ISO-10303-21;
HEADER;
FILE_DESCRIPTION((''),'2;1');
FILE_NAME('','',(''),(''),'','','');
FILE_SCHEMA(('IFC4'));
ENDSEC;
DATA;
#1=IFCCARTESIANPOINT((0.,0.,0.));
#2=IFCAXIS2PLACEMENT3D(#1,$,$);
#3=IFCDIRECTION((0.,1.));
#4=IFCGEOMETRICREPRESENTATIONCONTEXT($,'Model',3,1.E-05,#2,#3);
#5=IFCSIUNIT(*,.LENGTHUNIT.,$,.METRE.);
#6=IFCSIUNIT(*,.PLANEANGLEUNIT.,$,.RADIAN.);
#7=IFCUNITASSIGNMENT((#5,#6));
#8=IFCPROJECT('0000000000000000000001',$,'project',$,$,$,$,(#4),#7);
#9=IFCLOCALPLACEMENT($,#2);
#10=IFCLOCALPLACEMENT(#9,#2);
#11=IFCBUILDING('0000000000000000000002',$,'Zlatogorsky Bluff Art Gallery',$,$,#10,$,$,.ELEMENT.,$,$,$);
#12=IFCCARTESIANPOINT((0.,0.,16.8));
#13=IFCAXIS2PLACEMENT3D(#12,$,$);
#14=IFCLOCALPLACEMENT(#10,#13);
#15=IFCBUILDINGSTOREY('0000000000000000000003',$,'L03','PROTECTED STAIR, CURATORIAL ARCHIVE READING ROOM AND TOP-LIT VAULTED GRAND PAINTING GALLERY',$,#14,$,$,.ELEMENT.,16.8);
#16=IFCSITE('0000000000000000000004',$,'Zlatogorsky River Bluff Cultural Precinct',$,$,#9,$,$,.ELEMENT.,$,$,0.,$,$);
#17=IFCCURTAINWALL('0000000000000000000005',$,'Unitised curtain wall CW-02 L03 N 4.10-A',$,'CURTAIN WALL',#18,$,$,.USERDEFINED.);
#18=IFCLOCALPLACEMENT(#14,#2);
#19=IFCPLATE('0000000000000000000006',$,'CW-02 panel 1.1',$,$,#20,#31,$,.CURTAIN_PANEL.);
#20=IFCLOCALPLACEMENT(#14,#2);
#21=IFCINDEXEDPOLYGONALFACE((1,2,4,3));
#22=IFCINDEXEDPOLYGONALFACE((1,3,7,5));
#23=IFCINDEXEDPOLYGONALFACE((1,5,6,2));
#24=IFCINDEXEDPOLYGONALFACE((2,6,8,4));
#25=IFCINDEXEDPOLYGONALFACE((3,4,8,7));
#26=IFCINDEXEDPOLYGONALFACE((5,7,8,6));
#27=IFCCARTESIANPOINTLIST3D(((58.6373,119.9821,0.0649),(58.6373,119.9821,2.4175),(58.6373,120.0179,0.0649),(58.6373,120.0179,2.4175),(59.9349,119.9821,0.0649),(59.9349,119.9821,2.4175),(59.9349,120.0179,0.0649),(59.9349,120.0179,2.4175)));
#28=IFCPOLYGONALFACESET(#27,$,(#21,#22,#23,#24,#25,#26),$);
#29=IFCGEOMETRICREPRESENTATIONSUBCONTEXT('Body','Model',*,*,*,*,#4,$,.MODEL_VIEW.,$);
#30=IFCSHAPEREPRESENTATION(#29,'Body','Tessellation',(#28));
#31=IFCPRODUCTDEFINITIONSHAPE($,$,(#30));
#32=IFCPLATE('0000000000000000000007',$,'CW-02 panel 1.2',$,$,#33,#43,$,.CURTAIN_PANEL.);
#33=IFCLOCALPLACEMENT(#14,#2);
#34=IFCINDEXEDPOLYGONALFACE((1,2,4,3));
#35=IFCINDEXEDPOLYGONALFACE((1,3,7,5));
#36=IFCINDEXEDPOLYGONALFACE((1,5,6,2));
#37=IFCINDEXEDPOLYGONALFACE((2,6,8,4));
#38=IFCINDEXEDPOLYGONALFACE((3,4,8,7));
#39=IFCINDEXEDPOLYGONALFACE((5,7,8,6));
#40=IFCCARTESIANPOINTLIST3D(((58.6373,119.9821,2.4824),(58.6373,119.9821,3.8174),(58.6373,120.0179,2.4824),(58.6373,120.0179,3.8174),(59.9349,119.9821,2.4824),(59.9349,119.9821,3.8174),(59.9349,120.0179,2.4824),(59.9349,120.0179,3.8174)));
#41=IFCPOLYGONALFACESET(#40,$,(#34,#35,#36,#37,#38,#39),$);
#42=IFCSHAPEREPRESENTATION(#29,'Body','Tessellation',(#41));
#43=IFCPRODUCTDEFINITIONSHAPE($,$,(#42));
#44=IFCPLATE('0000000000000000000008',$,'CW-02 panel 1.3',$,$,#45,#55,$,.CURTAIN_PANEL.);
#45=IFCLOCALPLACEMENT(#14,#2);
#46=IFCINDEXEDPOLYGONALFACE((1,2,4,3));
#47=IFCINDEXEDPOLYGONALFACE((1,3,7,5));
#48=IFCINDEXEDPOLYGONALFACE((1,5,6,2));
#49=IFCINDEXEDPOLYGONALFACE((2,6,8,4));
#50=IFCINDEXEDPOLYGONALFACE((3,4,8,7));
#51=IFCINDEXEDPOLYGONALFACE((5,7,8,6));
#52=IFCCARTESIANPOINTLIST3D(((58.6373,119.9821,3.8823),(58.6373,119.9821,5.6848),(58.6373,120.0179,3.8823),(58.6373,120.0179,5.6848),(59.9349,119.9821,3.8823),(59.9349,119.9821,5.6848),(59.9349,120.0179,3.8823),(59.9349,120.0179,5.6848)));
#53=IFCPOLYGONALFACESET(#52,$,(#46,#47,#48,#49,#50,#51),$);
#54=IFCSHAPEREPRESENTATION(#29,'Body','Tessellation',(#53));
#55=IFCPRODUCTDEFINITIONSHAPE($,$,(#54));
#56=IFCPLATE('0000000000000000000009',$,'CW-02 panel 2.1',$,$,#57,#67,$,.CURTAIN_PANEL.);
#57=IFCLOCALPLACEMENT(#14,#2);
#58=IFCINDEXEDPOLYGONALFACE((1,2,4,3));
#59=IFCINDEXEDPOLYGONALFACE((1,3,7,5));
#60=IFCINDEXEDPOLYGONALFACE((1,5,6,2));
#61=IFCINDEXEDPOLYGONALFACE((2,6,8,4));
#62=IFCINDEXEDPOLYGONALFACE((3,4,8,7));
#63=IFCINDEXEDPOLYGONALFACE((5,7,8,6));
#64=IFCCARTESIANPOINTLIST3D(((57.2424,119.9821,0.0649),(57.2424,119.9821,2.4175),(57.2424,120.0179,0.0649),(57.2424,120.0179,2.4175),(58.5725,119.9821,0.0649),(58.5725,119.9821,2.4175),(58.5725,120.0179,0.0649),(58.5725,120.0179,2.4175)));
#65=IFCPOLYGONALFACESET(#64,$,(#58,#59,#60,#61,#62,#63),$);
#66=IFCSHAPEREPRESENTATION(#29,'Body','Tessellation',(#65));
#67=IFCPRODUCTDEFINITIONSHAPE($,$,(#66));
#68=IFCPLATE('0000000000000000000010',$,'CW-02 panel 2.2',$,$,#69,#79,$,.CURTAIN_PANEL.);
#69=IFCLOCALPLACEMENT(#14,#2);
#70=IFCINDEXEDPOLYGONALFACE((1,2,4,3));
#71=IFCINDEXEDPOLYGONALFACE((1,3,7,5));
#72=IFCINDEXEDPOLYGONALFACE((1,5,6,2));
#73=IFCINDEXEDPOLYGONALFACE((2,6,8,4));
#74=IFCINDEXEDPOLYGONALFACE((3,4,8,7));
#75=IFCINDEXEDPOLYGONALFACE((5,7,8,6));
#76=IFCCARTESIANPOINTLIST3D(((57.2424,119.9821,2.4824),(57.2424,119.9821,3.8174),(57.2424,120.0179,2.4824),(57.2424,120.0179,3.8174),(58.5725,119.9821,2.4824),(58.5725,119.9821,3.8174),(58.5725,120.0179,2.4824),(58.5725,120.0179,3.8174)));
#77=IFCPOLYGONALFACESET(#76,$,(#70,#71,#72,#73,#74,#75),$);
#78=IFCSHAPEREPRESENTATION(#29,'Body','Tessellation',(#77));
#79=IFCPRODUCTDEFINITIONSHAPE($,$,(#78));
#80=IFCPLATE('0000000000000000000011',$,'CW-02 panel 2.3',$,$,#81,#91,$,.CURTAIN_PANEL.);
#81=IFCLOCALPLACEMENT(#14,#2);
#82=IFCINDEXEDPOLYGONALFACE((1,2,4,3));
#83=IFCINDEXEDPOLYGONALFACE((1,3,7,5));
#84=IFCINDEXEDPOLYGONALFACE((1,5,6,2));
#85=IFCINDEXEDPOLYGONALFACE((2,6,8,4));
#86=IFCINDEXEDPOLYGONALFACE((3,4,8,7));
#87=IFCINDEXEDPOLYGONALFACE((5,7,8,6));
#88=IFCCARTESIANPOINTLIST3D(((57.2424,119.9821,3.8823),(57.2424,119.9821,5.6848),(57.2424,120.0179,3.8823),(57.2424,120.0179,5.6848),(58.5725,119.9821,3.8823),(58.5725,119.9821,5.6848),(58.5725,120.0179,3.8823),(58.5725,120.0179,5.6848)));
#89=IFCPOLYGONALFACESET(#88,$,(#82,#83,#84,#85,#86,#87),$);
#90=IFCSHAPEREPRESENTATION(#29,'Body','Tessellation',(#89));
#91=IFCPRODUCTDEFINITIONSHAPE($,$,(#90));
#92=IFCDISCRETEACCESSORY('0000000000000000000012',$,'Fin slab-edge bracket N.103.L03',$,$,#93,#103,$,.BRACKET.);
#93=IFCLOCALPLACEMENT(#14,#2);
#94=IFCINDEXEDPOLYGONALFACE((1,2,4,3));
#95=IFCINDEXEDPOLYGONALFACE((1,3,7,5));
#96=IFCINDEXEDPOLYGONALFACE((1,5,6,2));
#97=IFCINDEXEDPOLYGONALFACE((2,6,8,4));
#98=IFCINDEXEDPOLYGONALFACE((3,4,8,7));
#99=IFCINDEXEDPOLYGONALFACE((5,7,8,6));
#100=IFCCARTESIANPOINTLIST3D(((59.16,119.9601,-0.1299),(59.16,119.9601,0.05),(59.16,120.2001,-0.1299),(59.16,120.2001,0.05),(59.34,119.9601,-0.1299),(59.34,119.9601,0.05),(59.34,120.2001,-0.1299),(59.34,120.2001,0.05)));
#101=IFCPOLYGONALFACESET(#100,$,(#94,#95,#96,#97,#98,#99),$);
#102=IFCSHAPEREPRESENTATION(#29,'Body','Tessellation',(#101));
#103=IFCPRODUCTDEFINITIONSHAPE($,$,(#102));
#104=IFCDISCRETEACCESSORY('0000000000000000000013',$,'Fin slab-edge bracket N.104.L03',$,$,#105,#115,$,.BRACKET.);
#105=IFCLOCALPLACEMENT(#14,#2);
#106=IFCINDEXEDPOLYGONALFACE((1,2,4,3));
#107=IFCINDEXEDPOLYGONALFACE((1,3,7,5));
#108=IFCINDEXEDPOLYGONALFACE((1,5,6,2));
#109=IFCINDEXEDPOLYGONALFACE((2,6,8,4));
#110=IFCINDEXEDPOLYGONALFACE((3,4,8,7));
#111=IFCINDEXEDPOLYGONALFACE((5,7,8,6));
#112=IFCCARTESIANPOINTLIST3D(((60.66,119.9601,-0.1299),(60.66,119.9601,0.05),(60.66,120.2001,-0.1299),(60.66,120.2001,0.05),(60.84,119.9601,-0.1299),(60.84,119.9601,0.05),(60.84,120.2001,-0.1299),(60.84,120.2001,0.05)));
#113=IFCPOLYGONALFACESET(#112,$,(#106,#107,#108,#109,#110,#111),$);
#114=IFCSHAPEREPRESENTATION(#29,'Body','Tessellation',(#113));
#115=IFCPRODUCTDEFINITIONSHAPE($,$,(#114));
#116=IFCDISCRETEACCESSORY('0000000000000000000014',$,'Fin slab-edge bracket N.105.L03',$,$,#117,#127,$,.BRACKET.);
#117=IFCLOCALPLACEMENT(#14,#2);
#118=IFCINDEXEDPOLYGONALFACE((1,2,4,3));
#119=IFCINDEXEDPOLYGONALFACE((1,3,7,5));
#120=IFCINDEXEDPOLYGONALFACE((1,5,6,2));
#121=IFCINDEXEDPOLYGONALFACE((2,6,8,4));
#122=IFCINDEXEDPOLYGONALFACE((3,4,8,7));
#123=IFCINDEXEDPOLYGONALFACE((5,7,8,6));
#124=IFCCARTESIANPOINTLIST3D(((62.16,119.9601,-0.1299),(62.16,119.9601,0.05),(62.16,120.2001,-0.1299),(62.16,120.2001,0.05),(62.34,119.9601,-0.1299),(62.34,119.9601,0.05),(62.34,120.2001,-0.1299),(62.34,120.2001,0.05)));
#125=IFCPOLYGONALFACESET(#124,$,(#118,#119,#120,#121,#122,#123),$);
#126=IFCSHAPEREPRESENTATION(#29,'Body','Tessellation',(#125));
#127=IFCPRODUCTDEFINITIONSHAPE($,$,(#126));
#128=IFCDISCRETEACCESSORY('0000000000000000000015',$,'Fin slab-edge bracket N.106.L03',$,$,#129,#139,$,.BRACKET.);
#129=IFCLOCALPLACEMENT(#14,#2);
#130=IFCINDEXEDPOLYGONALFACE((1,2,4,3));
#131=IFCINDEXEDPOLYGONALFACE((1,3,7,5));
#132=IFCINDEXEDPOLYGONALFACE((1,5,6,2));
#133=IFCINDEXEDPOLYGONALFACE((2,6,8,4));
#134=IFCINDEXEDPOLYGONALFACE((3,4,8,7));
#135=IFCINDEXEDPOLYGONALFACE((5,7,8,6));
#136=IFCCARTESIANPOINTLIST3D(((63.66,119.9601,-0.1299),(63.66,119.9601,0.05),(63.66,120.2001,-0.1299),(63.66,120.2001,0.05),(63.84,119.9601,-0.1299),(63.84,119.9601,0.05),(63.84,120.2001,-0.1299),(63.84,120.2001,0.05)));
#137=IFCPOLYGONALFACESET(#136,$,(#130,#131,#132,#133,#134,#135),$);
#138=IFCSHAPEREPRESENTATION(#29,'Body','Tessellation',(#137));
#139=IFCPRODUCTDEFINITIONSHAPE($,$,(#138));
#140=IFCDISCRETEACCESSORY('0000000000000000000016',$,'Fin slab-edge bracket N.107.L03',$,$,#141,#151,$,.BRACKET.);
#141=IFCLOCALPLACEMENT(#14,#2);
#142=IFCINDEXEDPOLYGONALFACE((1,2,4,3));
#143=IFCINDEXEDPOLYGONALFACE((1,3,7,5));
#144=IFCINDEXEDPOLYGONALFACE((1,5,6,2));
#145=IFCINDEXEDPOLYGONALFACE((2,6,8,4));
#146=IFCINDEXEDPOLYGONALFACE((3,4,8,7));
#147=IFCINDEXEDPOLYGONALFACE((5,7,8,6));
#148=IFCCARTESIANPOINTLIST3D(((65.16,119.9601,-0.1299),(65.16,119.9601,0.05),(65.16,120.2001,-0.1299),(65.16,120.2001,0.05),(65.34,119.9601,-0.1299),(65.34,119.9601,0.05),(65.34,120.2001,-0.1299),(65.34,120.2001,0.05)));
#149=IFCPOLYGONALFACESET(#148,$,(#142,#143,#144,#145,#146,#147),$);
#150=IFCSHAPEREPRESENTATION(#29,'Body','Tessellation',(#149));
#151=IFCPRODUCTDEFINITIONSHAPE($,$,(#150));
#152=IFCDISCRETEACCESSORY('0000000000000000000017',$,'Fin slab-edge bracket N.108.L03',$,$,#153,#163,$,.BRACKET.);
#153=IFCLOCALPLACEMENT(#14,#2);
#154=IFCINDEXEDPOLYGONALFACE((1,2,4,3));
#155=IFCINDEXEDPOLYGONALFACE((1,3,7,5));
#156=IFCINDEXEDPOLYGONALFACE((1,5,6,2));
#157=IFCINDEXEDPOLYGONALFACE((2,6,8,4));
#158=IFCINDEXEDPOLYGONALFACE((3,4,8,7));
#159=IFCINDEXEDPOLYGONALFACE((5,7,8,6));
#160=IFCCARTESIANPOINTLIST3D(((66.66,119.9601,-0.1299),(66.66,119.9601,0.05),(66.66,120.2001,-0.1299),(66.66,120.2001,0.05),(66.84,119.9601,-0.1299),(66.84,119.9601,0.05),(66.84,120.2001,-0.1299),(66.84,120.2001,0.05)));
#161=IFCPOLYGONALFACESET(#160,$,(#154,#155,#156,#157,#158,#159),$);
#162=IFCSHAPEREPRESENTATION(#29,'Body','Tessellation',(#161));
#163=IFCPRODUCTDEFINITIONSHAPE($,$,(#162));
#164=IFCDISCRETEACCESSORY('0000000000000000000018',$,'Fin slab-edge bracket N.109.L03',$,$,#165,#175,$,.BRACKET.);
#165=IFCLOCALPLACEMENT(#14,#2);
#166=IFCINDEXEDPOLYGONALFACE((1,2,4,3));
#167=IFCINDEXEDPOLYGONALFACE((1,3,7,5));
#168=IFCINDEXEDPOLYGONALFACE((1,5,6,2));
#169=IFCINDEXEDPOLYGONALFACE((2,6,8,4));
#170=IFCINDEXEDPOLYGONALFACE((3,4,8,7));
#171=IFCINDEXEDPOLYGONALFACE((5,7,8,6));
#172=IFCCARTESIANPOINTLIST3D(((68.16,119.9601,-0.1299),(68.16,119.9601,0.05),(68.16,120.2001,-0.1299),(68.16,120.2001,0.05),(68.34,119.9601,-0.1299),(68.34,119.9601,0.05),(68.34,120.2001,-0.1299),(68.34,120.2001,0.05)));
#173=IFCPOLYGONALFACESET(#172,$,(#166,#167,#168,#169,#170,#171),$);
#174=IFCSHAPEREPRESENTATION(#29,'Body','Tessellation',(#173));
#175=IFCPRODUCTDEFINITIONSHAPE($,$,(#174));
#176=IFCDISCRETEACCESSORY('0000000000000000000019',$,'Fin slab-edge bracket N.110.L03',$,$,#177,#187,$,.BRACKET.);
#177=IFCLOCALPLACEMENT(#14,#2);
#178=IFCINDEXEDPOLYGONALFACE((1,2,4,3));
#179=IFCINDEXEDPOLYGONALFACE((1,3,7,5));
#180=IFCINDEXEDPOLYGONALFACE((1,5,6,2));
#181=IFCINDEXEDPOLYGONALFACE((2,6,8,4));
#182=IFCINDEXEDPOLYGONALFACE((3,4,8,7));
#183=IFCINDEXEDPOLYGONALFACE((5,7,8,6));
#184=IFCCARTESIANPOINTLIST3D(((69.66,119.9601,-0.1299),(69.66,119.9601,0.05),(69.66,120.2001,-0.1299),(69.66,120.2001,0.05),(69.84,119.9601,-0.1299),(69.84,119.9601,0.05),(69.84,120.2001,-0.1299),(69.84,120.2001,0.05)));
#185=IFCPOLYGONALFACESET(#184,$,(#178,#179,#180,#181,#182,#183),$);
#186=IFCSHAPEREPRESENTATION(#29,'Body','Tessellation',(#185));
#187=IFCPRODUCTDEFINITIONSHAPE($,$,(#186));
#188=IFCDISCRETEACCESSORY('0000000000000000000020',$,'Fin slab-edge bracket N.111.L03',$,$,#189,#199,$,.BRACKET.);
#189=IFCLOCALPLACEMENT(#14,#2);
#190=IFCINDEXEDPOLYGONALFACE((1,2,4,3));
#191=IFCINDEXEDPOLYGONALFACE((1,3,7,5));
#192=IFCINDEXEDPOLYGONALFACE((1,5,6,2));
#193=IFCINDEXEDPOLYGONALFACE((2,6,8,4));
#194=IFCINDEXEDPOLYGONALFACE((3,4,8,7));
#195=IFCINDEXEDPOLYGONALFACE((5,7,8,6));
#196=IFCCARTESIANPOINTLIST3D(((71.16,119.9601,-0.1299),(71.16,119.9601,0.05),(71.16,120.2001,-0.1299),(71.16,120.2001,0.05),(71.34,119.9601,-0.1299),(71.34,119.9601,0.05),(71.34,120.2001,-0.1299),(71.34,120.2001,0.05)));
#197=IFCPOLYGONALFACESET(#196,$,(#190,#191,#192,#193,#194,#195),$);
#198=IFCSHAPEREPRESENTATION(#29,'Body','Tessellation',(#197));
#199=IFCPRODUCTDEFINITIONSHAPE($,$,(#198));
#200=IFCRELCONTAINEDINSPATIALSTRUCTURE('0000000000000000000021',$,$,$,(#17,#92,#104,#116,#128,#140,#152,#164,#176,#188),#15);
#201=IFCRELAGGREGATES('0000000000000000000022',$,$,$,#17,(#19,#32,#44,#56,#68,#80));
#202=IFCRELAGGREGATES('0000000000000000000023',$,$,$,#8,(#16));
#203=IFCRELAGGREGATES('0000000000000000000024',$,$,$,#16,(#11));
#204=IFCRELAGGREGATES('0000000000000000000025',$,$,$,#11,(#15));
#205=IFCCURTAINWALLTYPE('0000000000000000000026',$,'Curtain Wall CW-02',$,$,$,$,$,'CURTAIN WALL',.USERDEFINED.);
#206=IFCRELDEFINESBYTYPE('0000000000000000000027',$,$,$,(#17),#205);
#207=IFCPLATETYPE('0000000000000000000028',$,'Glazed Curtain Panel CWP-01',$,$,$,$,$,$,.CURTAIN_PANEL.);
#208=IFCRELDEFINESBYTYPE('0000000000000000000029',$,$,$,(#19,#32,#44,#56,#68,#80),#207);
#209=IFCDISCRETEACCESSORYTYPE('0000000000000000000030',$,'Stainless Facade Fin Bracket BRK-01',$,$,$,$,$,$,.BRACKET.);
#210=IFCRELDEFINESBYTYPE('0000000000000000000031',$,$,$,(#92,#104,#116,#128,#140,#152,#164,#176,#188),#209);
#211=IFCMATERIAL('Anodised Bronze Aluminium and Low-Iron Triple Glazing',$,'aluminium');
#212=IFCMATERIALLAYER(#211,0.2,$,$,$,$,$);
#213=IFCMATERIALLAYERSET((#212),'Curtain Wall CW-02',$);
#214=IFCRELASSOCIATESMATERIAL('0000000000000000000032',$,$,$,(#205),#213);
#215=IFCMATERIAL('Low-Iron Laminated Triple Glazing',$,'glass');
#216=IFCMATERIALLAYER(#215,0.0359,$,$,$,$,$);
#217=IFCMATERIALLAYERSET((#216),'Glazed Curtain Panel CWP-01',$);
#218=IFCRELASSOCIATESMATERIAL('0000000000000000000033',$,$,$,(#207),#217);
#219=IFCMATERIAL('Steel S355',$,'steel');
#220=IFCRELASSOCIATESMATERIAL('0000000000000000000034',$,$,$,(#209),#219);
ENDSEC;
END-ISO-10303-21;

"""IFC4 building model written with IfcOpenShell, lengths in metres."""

from ifc_helpers import new_model, si_unit, direction, frame, origin, origin_2d, place, context, subcontext, project, spatial, rectangle, extrude, material, layer, layer_set, type_object, element, aggregate, save


model = new_model("IFC4")

# Units and contexts
model_context = context("Model", 3, precision=1e-05, world=origin(), true_north=direction((0.0, 1.0)))
body_context = subcontext(model_context, "Body", "Model", "MODEL_VIEW")
ifc_project = project(units=[si_unit("LENGTHUNIT", "METRE"), si_unit("PLANEANGLEUNIT", "RADIAN")], contexts=[model_context])

# Site, building, storey
site_placement = place(None, origin())
site = spatial("IfcSite", under=ifc_project, at=site_placement, Name="Zlatogorsky River Bluff Cultural Precinct", CompositionType="ELEMENT", RefElevation=0.0)
building_placement = place(site_placement, origin())
building = spatial("IfcBuilding", under=site, at=building_placement, Name="Zlatogorsky Bluff Art Gallery", CompositionType="ELEMENT")
storey_placement = place(building_placement, frame((0.0, 0.0, 16.8)))
storey = spatial("IfcBuildingStorey", under=building, at=storey_placement, Name="L03", Description="PROTECTED STAIR, CURATORIAL ARCHIVE READING ROOM AND TOP-LIT VAULTED GRAND PAINTING GALLERY", CompositionType="ELEMENT", Elevation=16.8)

# Shared definitions
ifc_material_1 = material(Name="Steel S355", Category="steel")

# Curtain wall, plates
ifc_material_2 = material(Name="Anodised Bronze Aluminium and Low-Iron Triple Glazing", Category="aluminium")
ifc_layer_1 = layer(ifc_material_2, 0.2)
ifc_layer_set_1 = layer_set([ifc_layer_1], Name="Curtain Wall CW-02")
curtain_wall_type = type_object("IfcCurtainWallType", Name="Curtain Wall CW-02", ElementType="CURTAIN WALL", PredefinedType="USERDEFINED", material=ifc_layer_set_1)
curtain_wall_placement = place(storey_placement, origin())
curtain_wall = element("IfcCurtainWall", 1, at=curtain_wall_placement, inside=storey, type_object=curtain_wall_type, Name="Unitised curtain wall CW-02 L03 N 4.10-A", ObjectType="CURTAIN WALL", PredefinedType="USERDEFINED")
ifc_material_3 = material(Name="Low-Iron Laminated Triple Glazing", Category="glass")
ifc_layer_2 = layer(ifc_material_3, 0.0359)
ifc_layer_set_2 = layer_set([ifc_layer_2], Name="Glazed Curtain Panel CWP-01")
plate_type = type_object("IfcPlateType", Name="Glazed Curtain Panel CWP-01", PredefinedType="CURTAIN_PANEL", material=ifc_layer_set_2)
plate_1_placement = place(storey_placement, frame((59.2861, 120.0, 0.0649), z_axis=(0.0, 0.0, 1.0), x_axis=(-1.0, 0.0, 0.0)))
plate_1 = element("IfcPlate", 2, at=plate_1_placement, type_object=plate_type, Name="CW-02 panel 1.1", PredefinedType="CURTAIN_PANEL", context=body_context, shape_type="SweptSolid", body=[
    extrude(rectangle(XDim=1.2976, YDim=0.0359, at=origin_2d()), origin(), (0.0, 0.0, 1.0), 2.3525),
])
plate_2_placement = place(storey_placement, frame((59.2861, 120.0, 2.4824), z_axis=(0.0, 0.0, 1.0), x_axis=(-1.0, 0.0, 0.0)))
plate_2 = element("IfcPlate", 3, at=plate_2_placement, type_object=plate_type, Name="CW-02 panel 1.2", PredefinedType="CURTAIN_PANEL", context=body_context, shape_type="SweptSolid", body=[
    extrude(rectangle(XDim=1.2976, YDim=0.0359, at=origin_2d()), origin(), (0.0, 0.0, 1.0), 1.335),
])
plate_3_placement = place(storey_placement, frame((59.2861, 120.0, 3.8823), z_axis=(0.0, 0.0, 1.0), x_axis=(-1.0, 0.0, 0.0)))
plate_3 = element("IfcPlate", 4, at=plate_3_placement, type_object=plate_type, Name="CW-02 panel 1.3", PredefinedType="CURTAIN_PANEL", context=body_context, shape_type="SweptSolid", body=[
    extrude(rectangle(XDim=1.2976, YDim=0.0359, at=origin_2d()), origin(), (0.0, 0.0, 1.0), 1.8025),
])
plate_4_placement = place(storey_placement, frame((57.9075, 120.0, 0.0649), z_axis=(0.0, 0.0, 1.0), x_axis=(-1.0, 0.0, 0.0)))
plate_4 = element("IfcPlate", 5, at=plate_4_placement, type_object=plate_type, Name="CW-02 panel 2.1", PredefinedType="CURTAIN_PANEL", context=body_context, shape_type="SweptSolid", body=[
    extrude(rectangle(XDim=1.3301, YDim=0.0359, at=origin_2d()), origin(), (0.0, 0.0, 1.0), 2.3525),
])
plate_5_placement = place(storey_placement, frame((57.9075, 120.0, 2.4824), z_axis=(0.0, 0.0, 1.0), x_axis=(-1.0, 0.0, 0.0)))
plate_5 = element("IfcPlate", 6, at=plate_5_placement, type_object=plate_type, Name="CW-02 panel 2.2", PredefinedType="CURTAIN_PANEL", context=body_context, shape_type="SweptSolid", body=[
    extrude(rectangle(XDim=1.3301, YDim=0.0359, at=origin_2d()), origin(), (0.0, 0.0, 1.0), 1.335),
])
plate_6_placement = place(storey_placement, frame((57.9075, 120.0, 3.8823), z_axis=(0.0, 0.0, 1.0), x_axis=(-1.0, 0.0, 0.0)))
plate_6 = element("IfcPlate", 7, at=plate_6_placement, type_object=plate_type, Name="CW-02 panel 2.3", PredefinedType="CURTAIN_PANEL", context=body_context, shape_type="SweptSolid", body=[
    extrude(rectangle(XDim=1.3301, YDim=0.0359, at=origin_2d()), origin(), (0.0, 0.0, 1.0), 1.8025),
])
aggregate(curtain_wall, [plate_1, plate_2, plate_3, plate_4, plate_5, plate_6])

# Discrete accessories
discrete_accessory_type = type_object("IfcDiscreteAccessoryType", Name="Stainless Facade Fin Bracket BRK-01", PredefinedType="BRACKET", material=ifc_material_1)
for number, where, z_axis, x_axis, name in (
    (8, (59.25, 120.0801, -0.1299), (0.0, 0.0, 1.0), (1.0, 0.0, 0.0), "Fin slab-edge bracket N.103.L03"),
    (9, (60.75, 120.0801, -0.1299), (0.0, 0.0, 1.0), (1.0, 0.0, 0.0), "Fin slab-edge bracket N.104.L03"),
    (10, (62.25, 120.0801, -0.1299), (0.0, 0.0, 1.0), (1.0, 0.0, 0.0), "Fin slab-edge bracket N.105.L03"),
    (11, (63.75, 120.0801, -0.1299), (0.0, 0.0, 1.0), (1.0, 0.0, 0.0), "Fin slab-edge bracket N.106.L03"),
    (12, (65.25, 120.0801, -0.1299), (0.0, 0.0, 1.0), (1.0, 0.0, 0.0), "Fin slab-edge bracket N.107.L03"),
    (13, (66.75, 120.0801, -0.1299), (0.0, 0.0, 1.0), (1.0, 0.0, 0.0), "Fin slab-edge bracket N.108.L03"),
    (14, (68.25, 120.0801, -0.1299), (0.0, 0.0, 1.0), (1.0, 0.0, 0.0), "Fin slab-edge bracket N.109.L03"),
    (15, (69.75, 120.0801, -0.1299), (0.0, 0.0, 1.0), (1.0, 0.0, 0.0), "Fin slab-edge bracket N.110.L03"),
    (16, (71.25, 120.0801, -0.1299), (0.0, 0.0, 1.0), (1.0, 0.0, 0.0), "Fin slab-edge bracket N.111.L03"),
):
    element("IfcDiscreteAccessory", number, at=place(storey_placement, frame(where, z_axis=z_axis, x_axis=x_axis)), inside=storey, type_object=discrete_accessory_type, Name=name, PredefinedType="BRACKET", context=body_context, shape_type="SweptSolid", body=[
        extrude(rectangle(XDim=0.1799, YDim=0.24, at=origin_2d()), origin(), (0.0, 0.0, 1.0), 0.1799),
    ])

save(model, "model.ifc")
